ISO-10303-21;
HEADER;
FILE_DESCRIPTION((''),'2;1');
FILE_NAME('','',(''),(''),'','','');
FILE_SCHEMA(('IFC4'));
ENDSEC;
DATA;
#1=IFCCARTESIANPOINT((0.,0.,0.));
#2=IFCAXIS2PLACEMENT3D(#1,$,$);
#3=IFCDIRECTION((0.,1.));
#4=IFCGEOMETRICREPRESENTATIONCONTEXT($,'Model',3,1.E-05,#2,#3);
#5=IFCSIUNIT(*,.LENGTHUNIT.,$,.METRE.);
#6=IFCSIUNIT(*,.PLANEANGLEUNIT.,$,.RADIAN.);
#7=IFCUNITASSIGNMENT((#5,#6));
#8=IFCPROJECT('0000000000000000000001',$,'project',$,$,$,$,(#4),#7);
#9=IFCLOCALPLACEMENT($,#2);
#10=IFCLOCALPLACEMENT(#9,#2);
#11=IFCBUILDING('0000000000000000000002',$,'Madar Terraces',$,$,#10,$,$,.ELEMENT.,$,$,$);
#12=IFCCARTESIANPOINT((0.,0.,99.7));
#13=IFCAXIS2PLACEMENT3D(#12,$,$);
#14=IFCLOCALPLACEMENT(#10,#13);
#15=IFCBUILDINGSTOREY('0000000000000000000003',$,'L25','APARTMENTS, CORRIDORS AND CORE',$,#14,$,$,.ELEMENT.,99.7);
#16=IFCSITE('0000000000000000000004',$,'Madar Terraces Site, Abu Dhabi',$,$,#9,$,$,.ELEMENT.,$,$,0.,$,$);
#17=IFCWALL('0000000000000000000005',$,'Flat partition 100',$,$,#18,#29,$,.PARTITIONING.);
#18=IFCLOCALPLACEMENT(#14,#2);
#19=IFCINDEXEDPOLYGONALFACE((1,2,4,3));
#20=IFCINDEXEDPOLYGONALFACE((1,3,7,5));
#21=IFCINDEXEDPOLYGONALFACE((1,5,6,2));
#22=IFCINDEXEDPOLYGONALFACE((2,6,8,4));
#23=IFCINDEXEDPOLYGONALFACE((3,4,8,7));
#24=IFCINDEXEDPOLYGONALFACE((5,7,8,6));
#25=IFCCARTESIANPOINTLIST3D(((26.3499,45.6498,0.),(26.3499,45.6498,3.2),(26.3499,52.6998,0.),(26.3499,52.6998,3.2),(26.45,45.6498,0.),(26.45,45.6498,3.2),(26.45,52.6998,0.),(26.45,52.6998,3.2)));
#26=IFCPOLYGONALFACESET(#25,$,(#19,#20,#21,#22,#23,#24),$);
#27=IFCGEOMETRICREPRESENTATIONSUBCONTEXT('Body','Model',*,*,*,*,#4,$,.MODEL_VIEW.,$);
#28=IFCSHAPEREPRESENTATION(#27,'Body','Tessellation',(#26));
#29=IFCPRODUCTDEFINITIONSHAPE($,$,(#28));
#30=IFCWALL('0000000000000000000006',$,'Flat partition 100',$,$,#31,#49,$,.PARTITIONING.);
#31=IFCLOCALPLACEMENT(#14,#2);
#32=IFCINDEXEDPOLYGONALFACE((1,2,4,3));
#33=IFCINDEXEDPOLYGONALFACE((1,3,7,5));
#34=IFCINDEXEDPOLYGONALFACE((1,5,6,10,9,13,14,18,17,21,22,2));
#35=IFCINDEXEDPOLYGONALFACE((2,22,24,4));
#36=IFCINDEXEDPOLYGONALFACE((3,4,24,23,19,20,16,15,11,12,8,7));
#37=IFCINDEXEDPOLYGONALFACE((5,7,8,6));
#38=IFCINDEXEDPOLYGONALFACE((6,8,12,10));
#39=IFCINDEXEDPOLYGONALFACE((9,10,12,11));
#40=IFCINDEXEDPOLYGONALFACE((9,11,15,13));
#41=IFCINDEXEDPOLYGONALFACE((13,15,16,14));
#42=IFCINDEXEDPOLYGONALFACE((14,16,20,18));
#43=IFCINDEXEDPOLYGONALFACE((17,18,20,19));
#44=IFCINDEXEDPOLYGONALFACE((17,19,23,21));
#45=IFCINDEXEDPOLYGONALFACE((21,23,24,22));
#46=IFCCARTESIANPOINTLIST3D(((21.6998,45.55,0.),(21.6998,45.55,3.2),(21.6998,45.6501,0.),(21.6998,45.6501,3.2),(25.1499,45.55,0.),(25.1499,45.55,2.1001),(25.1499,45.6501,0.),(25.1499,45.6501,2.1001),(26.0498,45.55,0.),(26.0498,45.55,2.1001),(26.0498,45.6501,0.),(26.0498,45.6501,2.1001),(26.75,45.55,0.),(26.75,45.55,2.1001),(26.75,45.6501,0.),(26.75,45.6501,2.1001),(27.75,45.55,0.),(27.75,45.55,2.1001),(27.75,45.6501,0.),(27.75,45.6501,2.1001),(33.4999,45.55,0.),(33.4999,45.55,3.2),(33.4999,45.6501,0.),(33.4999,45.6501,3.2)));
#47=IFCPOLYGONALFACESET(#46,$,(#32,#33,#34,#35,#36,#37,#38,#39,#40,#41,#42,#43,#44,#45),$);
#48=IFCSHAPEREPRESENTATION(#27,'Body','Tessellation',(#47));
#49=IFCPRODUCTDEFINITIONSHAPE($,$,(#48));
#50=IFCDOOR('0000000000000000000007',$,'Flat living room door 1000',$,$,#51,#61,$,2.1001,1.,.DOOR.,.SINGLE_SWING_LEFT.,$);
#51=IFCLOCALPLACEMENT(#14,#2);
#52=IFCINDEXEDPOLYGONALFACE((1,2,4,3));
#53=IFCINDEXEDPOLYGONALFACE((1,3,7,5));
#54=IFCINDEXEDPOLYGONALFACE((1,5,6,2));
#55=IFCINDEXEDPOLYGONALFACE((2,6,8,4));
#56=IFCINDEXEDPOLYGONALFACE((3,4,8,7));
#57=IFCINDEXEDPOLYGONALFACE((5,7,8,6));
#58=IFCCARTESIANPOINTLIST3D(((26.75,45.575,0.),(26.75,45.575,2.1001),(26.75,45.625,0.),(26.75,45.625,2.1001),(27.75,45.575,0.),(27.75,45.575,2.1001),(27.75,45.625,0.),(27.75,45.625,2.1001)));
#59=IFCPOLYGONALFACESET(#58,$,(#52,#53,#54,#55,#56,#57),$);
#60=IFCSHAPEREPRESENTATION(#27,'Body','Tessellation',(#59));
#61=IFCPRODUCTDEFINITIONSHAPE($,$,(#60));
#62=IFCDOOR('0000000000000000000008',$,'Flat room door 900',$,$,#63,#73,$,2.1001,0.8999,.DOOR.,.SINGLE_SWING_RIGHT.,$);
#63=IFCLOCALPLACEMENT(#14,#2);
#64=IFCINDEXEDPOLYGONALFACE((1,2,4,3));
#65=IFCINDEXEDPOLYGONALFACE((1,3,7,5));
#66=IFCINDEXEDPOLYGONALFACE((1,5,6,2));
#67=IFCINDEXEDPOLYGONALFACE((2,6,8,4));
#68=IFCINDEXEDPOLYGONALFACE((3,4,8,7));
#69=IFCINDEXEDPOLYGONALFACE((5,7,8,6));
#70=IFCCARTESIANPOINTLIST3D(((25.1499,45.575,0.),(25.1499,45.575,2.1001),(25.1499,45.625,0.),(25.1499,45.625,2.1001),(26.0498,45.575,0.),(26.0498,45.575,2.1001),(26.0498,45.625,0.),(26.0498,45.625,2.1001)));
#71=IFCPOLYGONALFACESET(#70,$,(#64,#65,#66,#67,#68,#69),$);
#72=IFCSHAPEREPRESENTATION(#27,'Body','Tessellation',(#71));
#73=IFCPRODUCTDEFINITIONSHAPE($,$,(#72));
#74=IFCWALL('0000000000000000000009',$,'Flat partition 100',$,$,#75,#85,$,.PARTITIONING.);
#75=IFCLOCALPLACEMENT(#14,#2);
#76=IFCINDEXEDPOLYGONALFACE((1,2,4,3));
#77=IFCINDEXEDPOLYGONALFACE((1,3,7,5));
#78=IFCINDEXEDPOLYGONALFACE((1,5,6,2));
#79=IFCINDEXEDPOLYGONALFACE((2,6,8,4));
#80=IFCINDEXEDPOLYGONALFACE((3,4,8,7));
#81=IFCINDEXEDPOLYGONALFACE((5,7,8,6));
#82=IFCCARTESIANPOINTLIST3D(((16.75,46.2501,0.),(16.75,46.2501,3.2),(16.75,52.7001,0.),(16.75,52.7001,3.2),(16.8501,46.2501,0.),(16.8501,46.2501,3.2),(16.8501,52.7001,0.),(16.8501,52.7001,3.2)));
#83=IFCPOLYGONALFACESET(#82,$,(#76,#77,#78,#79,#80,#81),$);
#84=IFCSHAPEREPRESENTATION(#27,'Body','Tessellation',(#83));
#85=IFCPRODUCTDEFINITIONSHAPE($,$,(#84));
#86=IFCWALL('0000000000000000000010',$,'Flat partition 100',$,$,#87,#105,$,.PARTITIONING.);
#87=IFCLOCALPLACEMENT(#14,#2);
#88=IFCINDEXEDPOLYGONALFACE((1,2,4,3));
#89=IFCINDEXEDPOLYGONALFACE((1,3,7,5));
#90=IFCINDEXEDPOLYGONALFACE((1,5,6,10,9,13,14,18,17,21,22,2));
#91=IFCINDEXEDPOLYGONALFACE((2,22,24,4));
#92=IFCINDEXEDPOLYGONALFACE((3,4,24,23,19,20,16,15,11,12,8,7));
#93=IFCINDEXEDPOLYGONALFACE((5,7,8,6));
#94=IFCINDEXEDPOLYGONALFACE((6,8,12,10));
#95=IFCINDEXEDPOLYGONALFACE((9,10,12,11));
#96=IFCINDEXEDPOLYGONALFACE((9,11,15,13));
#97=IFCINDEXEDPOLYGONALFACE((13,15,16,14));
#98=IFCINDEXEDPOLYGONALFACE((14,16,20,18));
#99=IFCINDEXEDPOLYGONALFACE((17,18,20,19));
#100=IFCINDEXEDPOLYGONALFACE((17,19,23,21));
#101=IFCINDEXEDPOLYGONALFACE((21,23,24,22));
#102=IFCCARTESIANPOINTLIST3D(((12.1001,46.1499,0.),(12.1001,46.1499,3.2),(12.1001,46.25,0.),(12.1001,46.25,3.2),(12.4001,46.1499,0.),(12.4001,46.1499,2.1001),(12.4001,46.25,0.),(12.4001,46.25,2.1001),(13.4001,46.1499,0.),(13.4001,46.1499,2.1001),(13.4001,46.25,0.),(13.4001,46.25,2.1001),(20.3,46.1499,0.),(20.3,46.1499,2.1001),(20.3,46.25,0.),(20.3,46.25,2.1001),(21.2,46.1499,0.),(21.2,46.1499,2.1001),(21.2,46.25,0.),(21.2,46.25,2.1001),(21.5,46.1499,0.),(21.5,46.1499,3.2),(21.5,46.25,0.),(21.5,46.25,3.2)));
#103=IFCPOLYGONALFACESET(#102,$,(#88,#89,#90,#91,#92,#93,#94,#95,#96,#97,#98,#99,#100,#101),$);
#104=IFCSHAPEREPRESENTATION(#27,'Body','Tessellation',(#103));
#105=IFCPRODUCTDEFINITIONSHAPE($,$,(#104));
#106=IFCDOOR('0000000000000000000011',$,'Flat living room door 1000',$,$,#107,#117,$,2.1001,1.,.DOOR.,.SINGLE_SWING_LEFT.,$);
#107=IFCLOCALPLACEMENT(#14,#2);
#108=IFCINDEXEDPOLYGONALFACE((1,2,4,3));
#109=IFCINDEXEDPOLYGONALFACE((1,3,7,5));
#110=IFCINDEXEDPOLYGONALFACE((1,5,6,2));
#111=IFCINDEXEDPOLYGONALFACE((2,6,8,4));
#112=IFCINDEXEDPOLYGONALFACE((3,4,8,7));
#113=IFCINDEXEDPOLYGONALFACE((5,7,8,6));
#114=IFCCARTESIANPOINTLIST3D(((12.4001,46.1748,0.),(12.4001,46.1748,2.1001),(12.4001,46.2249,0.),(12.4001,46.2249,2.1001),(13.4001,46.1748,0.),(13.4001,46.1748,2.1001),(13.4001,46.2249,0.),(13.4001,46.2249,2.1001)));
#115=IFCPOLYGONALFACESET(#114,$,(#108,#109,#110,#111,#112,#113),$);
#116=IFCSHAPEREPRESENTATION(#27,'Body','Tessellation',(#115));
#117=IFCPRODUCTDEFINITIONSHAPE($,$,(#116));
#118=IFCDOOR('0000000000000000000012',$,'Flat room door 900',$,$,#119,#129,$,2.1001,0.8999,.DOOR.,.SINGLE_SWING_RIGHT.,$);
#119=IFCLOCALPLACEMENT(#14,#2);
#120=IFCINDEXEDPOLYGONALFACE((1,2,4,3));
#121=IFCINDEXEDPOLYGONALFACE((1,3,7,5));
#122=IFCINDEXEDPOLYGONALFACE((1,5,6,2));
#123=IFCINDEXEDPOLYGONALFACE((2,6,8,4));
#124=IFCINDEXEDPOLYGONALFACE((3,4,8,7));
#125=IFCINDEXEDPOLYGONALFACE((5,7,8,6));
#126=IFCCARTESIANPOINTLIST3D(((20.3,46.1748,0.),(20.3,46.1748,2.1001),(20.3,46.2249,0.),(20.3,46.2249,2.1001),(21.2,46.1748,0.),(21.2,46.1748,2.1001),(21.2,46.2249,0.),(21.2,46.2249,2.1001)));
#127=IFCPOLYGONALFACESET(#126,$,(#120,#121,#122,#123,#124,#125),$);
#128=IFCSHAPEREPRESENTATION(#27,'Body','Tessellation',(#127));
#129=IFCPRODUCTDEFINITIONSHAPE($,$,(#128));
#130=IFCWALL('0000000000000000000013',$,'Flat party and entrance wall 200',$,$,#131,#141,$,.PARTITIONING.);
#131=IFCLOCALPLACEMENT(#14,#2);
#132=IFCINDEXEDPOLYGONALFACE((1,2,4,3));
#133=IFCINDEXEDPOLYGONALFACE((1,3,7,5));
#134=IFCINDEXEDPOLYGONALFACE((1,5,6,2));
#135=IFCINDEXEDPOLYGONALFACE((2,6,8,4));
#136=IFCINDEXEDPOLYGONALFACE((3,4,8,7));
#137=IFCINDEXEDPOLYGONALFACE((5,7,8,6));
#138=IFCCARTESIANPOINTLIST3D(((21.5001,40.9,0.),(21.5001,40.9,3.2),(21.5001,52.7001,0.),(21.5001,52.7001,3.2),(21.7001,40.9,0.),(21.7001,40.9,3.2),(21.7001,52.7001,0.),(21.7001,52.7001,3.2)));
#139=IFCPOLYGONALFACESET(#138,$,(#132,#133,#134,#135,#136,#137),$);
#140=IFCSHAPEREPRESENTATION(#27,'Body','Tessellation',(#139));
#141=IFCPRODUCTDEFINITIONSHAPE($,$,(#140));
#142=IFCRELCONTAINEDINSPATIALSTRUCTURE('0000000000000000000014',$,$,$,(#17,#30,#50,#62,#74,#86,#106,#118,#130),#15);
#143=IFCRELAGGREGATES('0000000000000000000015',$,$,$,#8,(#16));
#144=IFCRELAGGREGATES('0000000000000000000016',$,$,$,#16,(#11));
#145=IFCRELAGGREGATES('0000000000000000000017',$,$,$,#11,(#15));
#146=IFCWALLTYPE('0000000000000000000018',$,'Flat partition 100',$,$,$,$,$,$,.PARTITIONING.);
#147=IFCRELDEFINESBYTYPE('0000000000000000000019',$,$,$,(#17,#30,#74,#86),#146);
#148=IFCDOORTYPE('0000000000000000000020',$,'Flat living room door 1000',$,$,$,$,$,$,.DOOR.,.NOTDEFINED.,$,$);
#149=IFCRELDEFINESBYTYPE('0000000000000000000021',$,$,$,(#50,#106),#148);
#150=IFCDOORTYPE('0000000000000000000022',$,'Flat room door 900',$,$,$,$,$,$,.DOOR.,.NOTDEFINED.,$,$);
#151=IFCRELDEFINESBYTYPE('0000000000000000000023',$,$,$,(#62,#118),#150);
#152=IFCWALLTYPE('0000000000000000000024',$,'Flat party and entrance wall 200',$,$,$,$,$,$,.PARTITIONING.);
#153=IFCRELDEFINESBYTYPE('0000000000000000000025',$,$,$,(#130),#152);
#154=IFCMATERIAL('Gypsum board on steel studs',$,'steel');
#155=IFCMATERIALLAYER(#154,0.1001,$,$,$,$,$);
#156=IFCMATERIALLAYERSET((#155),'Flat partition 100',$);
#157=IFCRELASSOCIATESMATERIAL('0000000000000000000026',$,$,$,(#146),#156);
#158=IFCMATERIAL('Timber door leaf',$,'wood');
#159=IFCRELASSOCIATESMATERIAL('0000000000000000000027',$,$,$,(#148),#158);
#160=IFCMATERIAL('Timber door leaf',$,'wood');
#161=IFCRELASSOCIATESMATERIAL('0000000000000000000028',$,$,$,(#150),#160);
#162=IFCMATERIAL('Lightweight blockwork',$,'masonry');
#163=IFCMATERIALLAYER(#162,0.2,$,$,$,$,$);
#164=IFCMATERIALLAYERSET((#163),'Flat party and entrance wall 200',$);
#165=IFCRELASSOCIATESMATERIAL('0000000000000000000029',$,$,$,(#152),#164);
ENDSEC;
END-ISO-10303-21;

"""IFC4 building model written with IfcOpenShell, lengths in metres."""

from ifc_helpers import new_model, si_unit, direction, frame, frame_2d, origin, place, context, subcontext, project, spatial, rectangle, extrude, material, layer, layer_set, type_object, element, fill, save


model = new_model("IFC4")

# Units and contexts
model_context = context("Model", 3, precision=1e-05, world=origin(), true_north=direction((0.0, 1.0)))
body_context = subcontext(model_context, "Body", "Model", "MODEL_VIEW")
ifc_project = project(units=[si_unit("LENGTHUNIT", "METRE"), si_unit("PLANEANGLEUNIT", "RADIAN")], contexts=[model_context])

# Site, building, storey
site_placement = place(None, origin())
site = spatial("IfcSite", under=ifc_project, at=site_placement, Name="Madar Terraces Site, Abu Dhabi", CompositionType="ELEMENT", RefElevation=0.0)
building_placement = place(site_placement, origin())
building = spatial("IfcBuilding", under=site, at=building_placement, Name="Madar Terraces", CompositionType="ELEMENT")
storey_placement = place(building_placement, frame((0.0, 0.0, 99.7)))
storey = spatial("IfcBuildingStorey", under=building, at=storey_placement, Name="L25", Description="APARTMENTS, CORRIDORS AND CORE", CompositionType="ELEMENT", Elevation=99.7)

# Wall
ifc_material_1 = material(Name="Gypsum board on steel studs", Category="steel")
ifc_layer_1 = layer(ifc_material_1, 0.1001)
ifc_layer_set_1 = layer_set([ifc_layer_1], Name="Flat partition 100")
wall_type_1 = type_object("IfcWallType", Name="Flat partition 100", PredefinedType="PARTITIONING", material=ifc_layer_set_1)
wall_1_placement = place(storey_placement, frame((26.3999, 45.6499, 0.0), z_axis=(0.0, 0.0, 1.0), x_axis=(0.0, 1.0, 0.0)))
element("IfcWall", 1, at=wall_1_placement, inside=storey, type_object=wall_type_1, Name="Flat partition 100", PredefinedType="PARTITIONING", context=body_context, shape_type="SweptSolid", body=[
    extrude(rectangle(XDim=7.05, YDim=0.1001, at=frame_2d((3.5249, 0.0))), origin(), (0.0, 0.0, 1.0), 3.2),
])

# Wall, openings, doors
wall_2_placement = place(storey_placement, frame((21.7, 45.6001, 0.0), z_axis=(0.0, 0.0, 1.0), x_axis=(1.0, 0.0, 0.0)))
wall_2 = element("IfcWall", 2, at=wall_2_placement, inside=storey, type_object=wall_type_1, Name="Flat partition 100", PredefinedType="PARTITIONING", context=body_context, shape_type="SweptSolid", body=[
    extrude(rectangle(XDim=11.8, YDim=0.1001, at=frame_2d((5.8999, 0.0))), origin(), (0.0, 0.0, 1.0), 3.2),
])
opening_1_placement = place(wall_2_placement, frame((5.05, 0.0, 0.0)))
opening_1 = element("IfcOpeningElement", 3, at=opening_1_placement, cuts=wall_2, PredefinedType="OPENING", context=body_context, shape_type="SweptSolid", body=[
    extrude(rectangle(XDim=1.0, YDim=2.1001, at=frame_2d((0.5, 1.05))), frame((0.0, 0.0601, 0.0), z_axis=(0.0, -1.0, 0.0), x_axis=(1.0, 0.0, 0.0)), (0.0, 0.0, 1.0), 0.1201),
])
opening_2_placement = place(wall_2_placement, frame((3.45, 0.0, 0.0)))
opening_2 = element("IfcOpeningElement", 4, at=opening_2_placement, cuts=wall_2, PredefinedType="OPENING", context=body_context, shape_type="SweptSolid", body=[
    extrude(rectangle(XDim=0.8999, YDim=2.1001, at=frame_2d((0.45, 1.05))), frame((0.0, 0.0601, 0.0), z_axis=(0.0, -1.0, 0.0), x_axis=(1.0, 0.0, 0.0)), (0.0, 0.0, 1.0), 0.1201),
])
ifc_material_2 = material(Name="Timber door leaf", Category="wood")
door_type_1 = type_object("IfcDoorType", Name="Flat living room door 1000", OperationType="NOTDEFINED", PredefinedType="DOOR", material=ifc_material_2)
door_1_placement = place(opening_1_placement, origin())
door_1 = element("IfcDoor", 5, at=door_1_placement, inside=storey, type_object=door_type_1, Name="Flat living room door 1000", OperationType="SINGLE_SWING_LEFT", OverallHeight=2.1001, OverallWidth=1.0, PredefinedType="DOOR", context=body_context, shape_type="SweptSolid", body=[
    extrude(rectangle(XDim=1.0, YDim=2.1001, at=frame_2d((0.5, 1.05))), frame((0.0, 0.0249, 0.0), z_axis=(0.0, -1.0, 0.0), x_axis=(1.0, 0.0, 0.0)), (0.0, 0.0, 1.0), 0.05),
])
fill(opening_1, door_1)
ifc_material_3 = material(Name="Timber door leaf", Category="wood")
door_type_2 = type_object("IfcDoorType", Name="Flat room door 900", OperationType="NOTDEFINED", PredefinedType="DOOR", material=ifc_material_3)
door_2_placement = place(opening_2_placement, origin())
door_2 = element("IfcDoor", 6, at=door_2_placement, inside=storey, type_object=door_type_2, Name="Flat room door 900", OperationType="SINGLE_SWING_RIGHT", OverallHeight=2.1001, OverallWidth=0.8999, PredefinedType="DOOR", context=body_context, shape_type="SweptSolid", body=[
    extrude(rectangle(XDim=0.8999, YDim=2.1001, at=frame_2d((0.45, 1.05))), frame((0.0, 0.0249, 0.0), z_axis=(0.0, -1.0, 0.0), x_axis=(1.0, 0.0, 0.0)), (0.0, 0.0, 1.0), 0.05),
])
fill(opening_2, door_2)

# Wall
wall_3_placement = place(storey_placement, frame((16.8, 46.25, 0.0), z_axis=(0.0, 0.0, 1.0), x_axis=(0.0, 1.0, 0.0)))
element("IfcWall", 7, at=wall_3_placement, inside=storey, type_object=wall_type_1, Name="Flat partition 100", PredefinedType="PARTITIONING", context=body_context, shape_type="SweptSolid", body=[
    extrude(rectangle(XDim=6.45, YDim=0.1001, at=frame_2d((3.2251, 0.0))), origin(), (0.0, 0.0, 1.0), 3.2),
])

# Wall, openings, doors
wall_4_placement = place(storey_placement, frame((12.1001, 46.2, 0.0), z_axis=(0.0, 0.0, 1.0), x_axis=(1.0, 0.0, 0.0)))
wall_4 = element("IfcWall", 8, at=wall_4_placement, inside=storey, type_object=wall_type_1, Name="Flat partition 100", PredefinedType="PARTITIONING", context=body_context, shape_type="SweptSolid", body=[
    extrude(rectangle(XDim=9.3999, YDim=0.1001, at=frame_2d((4.7, 0.0))), origin(), (0.0, 0.0, 1.0), 3.2),
])
opening_3_placement = place(wall_4_placement, frame((0.3, 0.0, 0.0)))
opening_3 = element("IfcOpeningElement", 9, at=opening_3_placement, cuts=wall_4, PredefinedType="OPENING", context=body_context, shape_type="SweptSolid", body=[
    extrude(rectangle(XDim=1.0, YDim=2.1001, at=frame_2d((0.5, 1.05))), frame((0.0, 0.0601, 0.0), z_axis=(0.0, -1.0, 0.0), x_axis=(1.0, 0.0, 0.0)), (0.0, 0.0, 1.0), 0.1201),
])
opening_4_placement = place(wall_4_placement, frame((8.2, 0.0, 0.0)))
opening_4 = element("IfcOpeningElement", 10, at=opening_4_placement, cuts=wall_4, PredefinedType="OPENING", context=body_context, shape_type="SweptSolid", body=[
    extrude(rectangle(XDim=0.8999, YDim=2.1001, at=frame_2d((0.45, 1.05))), frame((0.0, 0.0601, 0.0), z_axis=(0.0, -1.0, 0.0), x_axis=(1.0, 0.0, 0.0)), (0.0, 0.0, 1.0), 0.1201),
])
door_3_placement = place(opening_3_placement, origin())
door_3 = element("IfcDoor", 11, at=door_3_placement, inside=storey, type_object=door_type_1, Name="Flat living room door 1000", OperationType="SINGLE_SWING_LEFT", OverallHeight=2.1001, OverallWidth=1.0, PredefinedType="DOOR", context=body_context, shape_type="SweptSolid", body=[
    extrude(rectangle(XDim=1.0, YDim=2.1001, at=frame_2d((0.5, 1.05))), frame((0.0, 0.0249, 0.0), z_axis=(0.0, -1.0, 0.0), x_axis=(1.0, 0.0, 0.0)), (0.0, 0.0, 1.0), 0.05),
])
fill(opening_3, door_3)
door_4_placement = place(opening_4_placement, origin())
door_4 = element("IfcDoor", 12, at=door_4_placement, inside=storey, type_object=door_type_2, Name="Flat room door 900", OperationType="SINGLE_SWING_RIGHT", OverallHeight=2.1001, OverallWidth=0.8999, PredefinedType="DOOR", context=body_context, shape_type="SweptSolid", body=[
    extrude(rectangle(XDim=0.8999, YDim=2.1001, at=frame_2d((0.45, 1.05))), frame((0.0, 0.0249, 0.0), z_axis=(0.0, -1.0, 0.0), x_axis=(1.0, 0.0, 0.0)), (0.0, 0.0, 1.0), 0.05),
])
fill(opening_4, door_4)

# Wall
ifc_material_4 = material(Name="Lightweight blockwork", Category="masonry")
ifc_layer_2 = layer(ifc_material_4, 0.2)
ifc_layer_set_2 = layer_set([ifc_layer_2], Name="Flat party and entrance wall 200")
wall_type_2 = type_object("IfcWallType", Name="Flat party and entrance wall 200", PredefinedType="PARTITIONING", material=ifc_layer_set_2)
wall_5_placement = place(storey_placement, frame((21.6001, 52.7, 0.0), z_axis=(0.0, 0.0, 1.0), x_axis=(0.0, -1.0, 0.0)))
element("IfcWall", 13, at=wall_5_placement, inside=storey, type_object=wall_type_2, Name="Flat party and entrance wall 200", PredefinedType="PARTITIONING", context=body_context, shape_type="SweptSolid", body=[
    extrude(rectangle(XDim=11.8, YDim=0.2, at=frame_2d((5.8999, 0.0))), origin(), (0.0, 0.0, 1.0), 3.2),
])

save(model, "model.ifc")
